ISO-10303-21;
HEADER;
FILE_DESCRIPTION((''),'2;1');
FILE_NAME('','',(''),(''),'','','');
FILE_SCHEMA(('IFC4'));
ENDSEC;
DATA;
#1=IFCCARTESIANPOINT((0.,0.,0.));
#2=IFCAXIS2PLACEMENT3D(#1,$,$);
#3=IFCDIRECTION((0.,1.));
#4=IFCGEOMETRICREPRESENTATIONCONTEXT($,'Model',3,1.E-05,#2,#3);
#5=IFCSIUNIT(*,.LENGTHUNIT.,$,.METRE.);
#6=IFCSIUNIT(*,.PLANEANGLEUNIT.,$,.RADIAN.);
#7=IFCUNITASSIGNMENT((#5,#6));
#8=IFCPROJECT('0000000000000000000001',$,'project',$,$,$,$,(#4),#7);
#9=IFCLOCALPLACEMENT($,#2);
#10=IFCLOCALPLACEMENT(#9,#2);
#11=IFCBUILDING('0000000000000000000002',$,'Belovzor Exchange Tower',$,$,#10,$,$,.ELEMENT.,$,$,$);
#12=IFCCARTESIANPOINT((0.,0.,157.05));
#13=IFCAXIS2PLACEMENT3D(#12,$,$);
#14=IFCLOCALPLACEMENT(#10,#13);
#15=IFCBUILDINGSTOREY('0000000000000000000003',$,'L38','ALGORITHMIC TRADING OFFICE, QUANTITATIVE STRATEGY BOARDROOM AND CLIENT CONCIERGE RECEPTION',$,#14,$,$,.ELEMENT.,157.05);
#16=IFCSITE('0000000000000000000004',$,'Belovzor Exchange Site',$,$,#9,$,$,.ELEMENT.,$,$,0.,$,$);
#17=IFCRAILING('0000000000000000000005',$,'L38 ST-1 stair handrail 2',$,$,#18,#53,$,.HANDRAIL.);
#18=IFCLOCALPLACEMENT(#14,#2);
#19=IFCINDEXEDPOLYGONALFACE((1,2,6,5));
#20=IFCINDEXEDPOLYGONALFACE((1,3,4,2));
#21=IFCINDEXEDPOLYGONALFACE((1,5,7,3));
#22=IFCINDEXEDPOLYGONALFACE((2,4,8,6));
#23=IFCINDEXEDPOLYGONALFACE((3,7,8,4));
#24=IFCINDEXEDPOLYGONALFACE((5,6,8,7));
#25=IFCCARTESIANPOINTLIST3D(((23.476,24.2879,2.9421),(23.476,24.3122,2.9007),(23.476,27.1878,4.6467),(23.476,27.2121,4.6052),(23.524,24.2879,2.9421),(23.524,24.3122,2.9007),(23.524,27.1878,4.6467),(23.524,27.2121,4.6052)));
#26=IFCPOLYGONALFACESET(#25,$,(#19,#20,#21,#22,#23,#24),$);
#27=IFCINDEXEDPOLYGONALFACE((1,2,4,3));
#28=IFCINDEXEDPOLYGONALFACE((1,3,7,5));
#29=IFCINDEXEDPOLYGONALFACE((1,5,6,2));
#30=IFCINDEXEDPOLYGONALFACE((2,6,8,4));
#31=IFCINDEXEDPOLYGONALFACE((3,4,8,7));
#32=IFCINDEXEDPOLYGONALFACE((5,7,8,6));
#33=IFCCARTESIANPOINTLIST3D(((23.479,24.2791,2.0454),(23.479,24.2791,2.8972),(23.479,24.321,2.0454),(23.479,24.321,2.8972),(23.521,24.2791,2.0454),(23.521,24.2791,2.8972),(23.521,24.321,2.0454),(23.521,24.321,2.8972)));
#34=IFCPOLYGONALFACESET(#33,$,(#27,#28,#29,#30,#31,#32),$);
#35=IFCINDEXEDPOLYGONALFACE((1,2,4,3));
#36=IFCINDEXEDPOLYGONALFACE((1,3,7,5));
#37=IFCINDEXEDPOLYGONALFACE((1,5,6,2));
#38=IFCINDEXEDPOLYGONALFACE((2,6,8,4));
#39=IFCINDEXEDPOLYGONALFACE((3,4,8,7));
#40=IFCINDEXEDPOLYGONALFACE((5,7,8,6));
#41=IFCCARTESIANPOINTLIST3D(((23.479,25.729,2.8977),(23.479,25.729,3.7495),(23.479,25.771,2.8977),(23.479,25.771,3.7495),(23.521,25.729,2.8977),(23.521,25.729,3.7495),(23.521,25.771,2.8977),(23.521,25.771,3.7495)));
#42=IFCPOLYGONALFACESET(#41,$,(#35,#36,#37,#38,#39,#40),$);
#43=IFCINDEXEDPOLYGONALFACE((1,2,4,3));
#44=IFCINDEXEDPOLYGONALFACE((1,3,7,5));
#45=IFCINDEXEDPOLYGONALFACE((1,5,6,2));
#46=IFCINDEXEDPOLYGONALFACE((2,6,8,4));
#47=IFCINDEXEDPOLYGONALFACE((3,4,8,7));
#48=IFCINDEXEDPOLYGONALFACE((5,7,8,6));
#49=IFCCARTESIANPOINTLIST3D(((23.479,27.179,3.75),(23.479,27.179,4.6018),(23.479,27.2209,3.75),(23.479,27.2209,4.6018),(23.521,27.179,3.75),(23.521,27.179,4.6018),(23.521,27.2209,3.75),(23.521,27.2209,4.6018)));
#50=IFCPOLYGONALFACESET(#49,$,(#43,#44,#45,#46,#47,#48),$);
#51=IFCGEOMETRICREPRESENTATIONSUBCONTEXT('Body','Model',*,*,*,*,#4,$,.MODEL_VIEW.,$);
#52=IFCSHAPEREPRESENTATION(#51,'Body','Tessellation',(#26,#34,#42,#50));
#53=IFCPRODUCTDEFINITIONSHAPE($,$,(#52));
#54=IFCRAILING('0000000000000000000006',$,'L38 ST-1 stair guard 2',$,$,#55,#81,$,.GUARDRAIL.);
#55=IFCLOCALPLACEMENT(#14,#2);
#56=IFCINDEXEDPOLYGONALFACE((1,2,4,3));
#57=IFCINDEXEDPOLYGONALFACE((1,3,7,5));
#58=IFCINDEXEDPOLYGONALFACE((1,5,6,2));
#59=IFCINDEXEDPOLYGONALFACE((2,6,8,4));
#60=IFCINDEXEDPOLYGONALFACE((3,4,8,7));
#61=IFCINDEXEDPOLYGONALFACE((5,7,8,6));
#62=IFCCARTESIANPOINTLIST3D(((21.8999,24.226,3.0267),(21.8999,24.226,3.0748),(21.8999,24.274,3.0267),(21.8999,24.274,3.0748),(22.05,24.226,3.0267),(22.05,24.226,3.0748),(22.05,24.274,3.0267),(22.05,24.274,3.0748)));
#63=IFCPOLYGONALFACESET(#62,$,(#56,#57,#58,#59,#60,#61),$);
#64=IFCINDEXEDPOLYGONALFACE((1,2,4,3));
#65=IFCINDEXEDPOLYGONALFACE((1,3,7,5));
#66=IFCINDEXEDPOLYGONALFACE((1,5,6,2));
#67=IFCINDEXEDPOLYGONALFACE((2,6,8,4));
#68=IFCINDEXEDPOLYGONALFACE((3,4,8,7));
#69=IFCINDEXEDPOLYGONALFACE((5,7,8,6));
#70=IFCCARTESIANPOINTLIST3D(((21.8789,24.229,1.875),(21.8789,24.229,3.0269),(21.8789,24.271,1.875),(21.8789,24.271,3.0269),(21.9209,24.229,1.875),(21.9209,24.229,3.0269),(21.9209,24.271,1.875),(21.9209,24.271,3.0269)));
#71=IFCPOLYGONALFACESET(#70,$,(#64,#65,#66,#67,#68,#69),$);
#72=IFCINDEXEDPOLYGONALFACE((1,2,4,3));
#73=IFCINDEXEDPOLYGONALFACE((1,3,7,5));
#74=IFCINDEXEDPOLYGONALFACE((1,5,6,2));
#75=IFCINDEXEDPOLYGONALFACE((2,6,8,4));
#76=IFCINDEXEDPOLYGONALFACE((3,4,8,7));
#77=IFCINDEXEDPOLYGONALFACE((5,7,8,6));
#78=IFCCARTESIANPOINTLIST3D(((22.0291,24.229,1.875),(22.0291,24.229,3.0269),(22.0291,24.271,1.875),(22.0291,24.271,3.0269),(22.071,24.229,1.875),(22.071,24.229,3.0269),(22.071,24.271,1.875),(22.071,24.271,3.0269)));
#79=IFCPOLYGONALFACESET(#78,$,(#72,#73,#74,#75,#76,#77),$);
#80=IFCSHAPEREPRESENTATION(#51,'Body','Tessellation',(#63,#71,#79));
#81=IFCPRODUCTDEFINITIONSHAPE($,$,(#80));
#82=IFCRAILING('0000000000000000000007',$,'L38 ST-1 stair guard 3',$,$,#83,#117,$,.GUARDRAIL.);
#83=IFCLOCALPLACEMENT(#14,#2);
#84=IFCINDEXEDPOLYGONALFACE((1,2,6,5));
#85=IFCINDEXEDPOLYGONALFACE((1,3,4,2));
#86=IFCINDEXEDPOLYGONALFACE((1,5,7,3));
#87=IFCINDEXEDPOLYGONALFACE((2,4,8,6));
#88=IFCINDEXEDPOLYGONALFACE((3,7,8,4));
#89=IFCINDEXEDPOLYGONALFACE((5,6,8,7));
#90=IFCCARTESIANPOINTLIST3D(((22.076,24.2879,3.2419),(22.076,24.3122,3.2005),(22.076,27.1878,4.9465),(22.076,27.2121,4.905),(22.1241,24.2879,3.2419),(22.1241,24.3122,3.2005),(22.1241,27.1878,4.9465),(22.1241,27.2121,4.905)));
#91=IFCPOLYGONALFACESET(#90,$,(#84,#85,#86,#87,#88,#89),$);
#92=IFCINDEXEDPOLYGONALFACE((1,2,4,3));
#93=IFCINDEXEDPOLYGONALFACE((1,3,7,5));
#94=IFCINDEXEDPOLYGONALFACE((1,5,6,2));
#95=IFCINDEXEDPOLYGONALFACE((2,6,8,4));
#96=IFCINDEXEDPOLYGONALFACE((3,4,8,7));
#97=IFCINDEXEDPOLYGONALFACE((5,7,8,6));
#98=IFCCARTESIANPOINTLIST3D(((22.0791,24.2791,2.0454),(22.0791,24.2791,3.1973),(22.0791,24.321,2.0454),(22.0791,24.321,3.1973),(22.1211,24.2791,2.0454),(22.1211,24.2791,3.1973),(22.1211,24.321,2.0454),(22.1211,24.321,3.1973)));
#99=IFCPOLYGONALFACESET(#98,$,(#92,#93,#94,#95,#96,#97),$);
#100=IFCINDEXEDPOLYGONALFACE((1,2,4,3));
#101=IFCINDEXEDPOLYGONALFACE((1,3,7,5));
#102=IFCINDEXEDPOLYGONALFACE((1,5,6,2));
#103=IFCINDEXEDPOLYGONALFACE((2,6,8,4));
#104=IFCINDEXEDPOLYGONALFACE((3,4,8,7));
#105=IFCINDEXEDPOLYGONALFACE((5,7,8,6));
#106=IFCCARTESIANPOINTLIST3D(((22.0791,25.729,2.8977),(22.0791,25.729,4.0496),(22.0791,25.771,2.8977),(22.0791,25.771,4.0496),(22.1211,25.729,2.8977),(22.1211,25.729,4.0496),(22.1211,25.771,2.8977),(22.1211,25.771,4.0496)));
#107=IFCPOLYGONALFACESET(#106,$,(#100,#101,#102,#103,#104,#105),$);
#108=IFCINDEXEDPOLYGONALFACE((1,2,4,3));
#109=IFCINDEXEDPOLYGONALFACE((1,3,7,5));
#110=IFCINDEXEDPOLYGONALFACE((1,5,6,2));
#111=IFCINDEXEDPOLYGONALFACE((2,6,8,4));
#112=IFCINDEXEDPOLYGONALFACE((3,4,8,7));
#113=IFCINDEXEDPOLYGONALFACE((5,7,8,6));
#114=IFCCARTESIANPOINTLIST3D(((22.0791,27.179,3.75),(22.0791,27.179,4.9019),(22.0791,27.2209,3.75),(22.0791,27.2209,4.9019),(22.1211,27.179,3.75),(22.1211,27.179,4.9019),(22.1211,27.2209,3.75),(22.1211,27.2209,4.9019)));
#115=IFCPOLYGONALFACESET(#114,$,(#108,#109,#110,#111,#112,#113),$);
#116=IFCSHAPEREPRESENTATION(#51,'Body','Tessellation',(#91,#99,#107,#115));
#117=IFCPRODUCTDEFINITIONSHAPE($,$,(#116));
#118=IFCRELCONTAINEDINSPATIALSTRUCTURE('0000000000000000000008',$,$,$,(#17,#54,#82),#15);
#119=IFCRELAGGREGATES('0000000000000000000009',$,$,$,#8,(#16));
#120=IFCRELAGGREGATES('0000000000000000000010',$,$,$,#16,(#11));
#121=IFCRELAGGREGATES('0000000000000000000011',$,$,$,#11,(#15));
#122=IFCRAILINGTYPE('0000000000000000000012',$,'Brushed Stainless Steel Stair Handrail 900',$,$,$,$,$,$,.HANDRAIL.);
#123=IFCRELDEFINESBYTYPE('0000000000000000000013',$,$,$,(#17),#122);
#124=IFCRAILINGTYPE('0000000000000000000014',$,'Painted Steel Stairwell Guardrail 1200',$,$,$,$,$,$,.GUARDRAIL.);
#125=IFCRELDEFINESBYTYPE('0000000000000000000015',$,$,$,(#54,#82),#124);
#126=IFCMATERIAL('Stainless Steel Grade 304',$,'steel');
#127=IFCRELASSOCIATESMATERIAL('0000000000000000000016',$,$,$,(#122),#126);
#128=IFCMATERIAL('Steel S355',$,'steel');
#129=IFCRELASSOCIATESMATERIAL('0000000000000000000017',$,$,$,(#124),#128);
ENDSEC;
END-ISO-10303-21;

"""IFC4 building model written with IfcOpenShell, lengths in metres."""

from ifc_helpers import new_model, si_unit, direction, frame, origin, origin_2d, place, context, subcontext, project, spatial, rectangle, extrude, material, type_object, element, save


model = new_model("IFC4")

# Units and contexts
model_context = context("Model", 3, precision=1e-05, world=origin(), true_north=direction((0.0, 1.0)))
body_context = subcontext(model_context, "Body", "Model", "MODEL_VIEW")
ifc_project = project(units=[si_unit("LENGTHUNIT", "METRE"), si_unit("PLANEANGLEUNIT", "RADIAN")], contexts=[model_context])

# Site, building, storey
site_placement = place(None, origin())
site = spatial("IfcSite", under=ifc_project, at=site_placement, Name="Belovzor Exchange Site", CompositionType="ELEMENT", RefElevation=0.0)
building_placement = place(site_placement, origin())
building = spatial("IfcBuilding", under=site, at=building_placement, Name="Belovzor Exchange Tower", CompositionType="ELEMENT")
storey_placement = place(building_placement, frame((0.0, 0.0, 157.05)))
storey = spatial("IfcBuildingStorey", under=building, at=storey_placement, Name="L38", Description="ALGORITHMIC TRADING OFFICE, QUANTITATIVE STRATEGY BOARDROOM AND CLIENT CONCIERGE RECEPTION", CompositionType="ELEMENT", Elevation=157.05)

# Railings
ifc_material_1 = material(Name="Stainless Steel Grade 304", Category="steel")
railing_type_1 = type_object("IfcRailingType", Name="Brushed Stainless Steel Stair Handrail 900", PredefinedType="HANDRAIL", material=ifc_material_1)
railing_1_placement = place(storey_placement, frame((23.5, 24.3, 2.0454)))
element("IfcRailing", 1, at=railing_1_placement, inside=storey, type_object=railing_type_1, Name="L38 ST-1 stair handrail 2", PredefinedType="HANDRAIL", context=body_context, shape_type="SweptSolid", body=[
    extrude(rectangle(XDim=0.0481, YDim=0.0481, at=origin_2d()), frame((0.0, 0.0, 0.876), z_axis=(0.0, 0.862095, 0.506747), x_axis=(-1.0, 0.0, 0.0)), (0.0, 0.0, 1.0), 3.3638),
    extrude(rectangle(XDim=0.042, YDim=0.042, at=origin_2d()), origin(), (0.0, 0.0, 1.0), 0.8518),
    extrude(rectangle(XDim=0.042, YDim=0.042, at=origin_2d()), frame((0.0, 1.45, 0.8523)), (0.0, 0.0, 1.0), 0.8518),
    extrude(rectangle(XDim=0.042, YDim=0.042, at=origin_2d()), frame((0.0, 2.8999, 1.7046)), (0.0, 0.0, 1.0), 0.8518),
])
ifc_material_2 = material(Name="Steel S355", Category="steel")
railing_type_2 = type_object("IfcRailingType", Name="Painted Steel Stairwell Guardrail 1200", PredefinedType="GUARDRAIL", material=ifc_material_2)
railing_2_placement = place(storey_placement, frame((21.8999, 24.25, 1.875)))
element("IfcRailing", 2, at=railing_2_placement, inside=storey, type_object=railing_type_2, Name="L38 ST-1 stair guard 2", PredefinedType="GUARDRAIL", context=body_context, shape_type="SweptSolid", body=[
    extrude(rectangle(XDim=0.0481, YDim=0.0481, at=origin_2d()), frame((0.0, 0.0, 1.1758), z_axis=(1.0, 0.0, 0.0), x_axis=(0.0, 1.0, 0.0)), (0.0, 0.0, 1.0), 0.1501),
    extrude(rectangle(XDim=0.042, YDim=0.042, at=origin_2d()), origin(), (0.0, 0.0, 1.0), 1.1519),
    extrude(rectangle(XDim=0.042, YDim=0.042, at=origin_2d()), frame((0.1501, 0.0, 0.0)), (0.0, 0.0, 1.0), 1.1519),
])
railing_3_placement = place(storey_placement, frame((22.1001, 24.3, 2.0454)))
element("IfcRailing", 3, at=railing_3_placement, inside=storey, type_object=railing_type_2, Name="L38 ST-1 stair guard 3", PredefinedType="GUARDRAIL", context=body_context, shape_type="SweptSolid", body=[
    extrude(rectangle(XDim=0.0481, YDim=0.0481, at=origin_2d()), frame((0.0, 0.0, 1.1758), z_axis=(0.0, 0.862095, 0.506747), x_axis=(-1.0, 0.0, 0.0)), (0.0, 0.0, 1.0), 3.3638),
    extrude(rectangle(XDim=0.042, YDim=0.042, at=origin_2d()), origin(), (0.0, 0.0, 1.0), 1.1519),
    extrude(rectangle(XDim=0.042, YDim=0.042, at=origin_2d()), frame((0.0, 1.45, 0.8523)), (0.0, 0.0, 1.0), 1.1519),
    extrude(rectangle(XDim=0.042, YDim=0.042, at=origin_2d()), frame((0.0, 2.8999, 1.7046)), (0.0, 0.0, 1.0), 1.1519),
])

save(model, "model.ifc")
